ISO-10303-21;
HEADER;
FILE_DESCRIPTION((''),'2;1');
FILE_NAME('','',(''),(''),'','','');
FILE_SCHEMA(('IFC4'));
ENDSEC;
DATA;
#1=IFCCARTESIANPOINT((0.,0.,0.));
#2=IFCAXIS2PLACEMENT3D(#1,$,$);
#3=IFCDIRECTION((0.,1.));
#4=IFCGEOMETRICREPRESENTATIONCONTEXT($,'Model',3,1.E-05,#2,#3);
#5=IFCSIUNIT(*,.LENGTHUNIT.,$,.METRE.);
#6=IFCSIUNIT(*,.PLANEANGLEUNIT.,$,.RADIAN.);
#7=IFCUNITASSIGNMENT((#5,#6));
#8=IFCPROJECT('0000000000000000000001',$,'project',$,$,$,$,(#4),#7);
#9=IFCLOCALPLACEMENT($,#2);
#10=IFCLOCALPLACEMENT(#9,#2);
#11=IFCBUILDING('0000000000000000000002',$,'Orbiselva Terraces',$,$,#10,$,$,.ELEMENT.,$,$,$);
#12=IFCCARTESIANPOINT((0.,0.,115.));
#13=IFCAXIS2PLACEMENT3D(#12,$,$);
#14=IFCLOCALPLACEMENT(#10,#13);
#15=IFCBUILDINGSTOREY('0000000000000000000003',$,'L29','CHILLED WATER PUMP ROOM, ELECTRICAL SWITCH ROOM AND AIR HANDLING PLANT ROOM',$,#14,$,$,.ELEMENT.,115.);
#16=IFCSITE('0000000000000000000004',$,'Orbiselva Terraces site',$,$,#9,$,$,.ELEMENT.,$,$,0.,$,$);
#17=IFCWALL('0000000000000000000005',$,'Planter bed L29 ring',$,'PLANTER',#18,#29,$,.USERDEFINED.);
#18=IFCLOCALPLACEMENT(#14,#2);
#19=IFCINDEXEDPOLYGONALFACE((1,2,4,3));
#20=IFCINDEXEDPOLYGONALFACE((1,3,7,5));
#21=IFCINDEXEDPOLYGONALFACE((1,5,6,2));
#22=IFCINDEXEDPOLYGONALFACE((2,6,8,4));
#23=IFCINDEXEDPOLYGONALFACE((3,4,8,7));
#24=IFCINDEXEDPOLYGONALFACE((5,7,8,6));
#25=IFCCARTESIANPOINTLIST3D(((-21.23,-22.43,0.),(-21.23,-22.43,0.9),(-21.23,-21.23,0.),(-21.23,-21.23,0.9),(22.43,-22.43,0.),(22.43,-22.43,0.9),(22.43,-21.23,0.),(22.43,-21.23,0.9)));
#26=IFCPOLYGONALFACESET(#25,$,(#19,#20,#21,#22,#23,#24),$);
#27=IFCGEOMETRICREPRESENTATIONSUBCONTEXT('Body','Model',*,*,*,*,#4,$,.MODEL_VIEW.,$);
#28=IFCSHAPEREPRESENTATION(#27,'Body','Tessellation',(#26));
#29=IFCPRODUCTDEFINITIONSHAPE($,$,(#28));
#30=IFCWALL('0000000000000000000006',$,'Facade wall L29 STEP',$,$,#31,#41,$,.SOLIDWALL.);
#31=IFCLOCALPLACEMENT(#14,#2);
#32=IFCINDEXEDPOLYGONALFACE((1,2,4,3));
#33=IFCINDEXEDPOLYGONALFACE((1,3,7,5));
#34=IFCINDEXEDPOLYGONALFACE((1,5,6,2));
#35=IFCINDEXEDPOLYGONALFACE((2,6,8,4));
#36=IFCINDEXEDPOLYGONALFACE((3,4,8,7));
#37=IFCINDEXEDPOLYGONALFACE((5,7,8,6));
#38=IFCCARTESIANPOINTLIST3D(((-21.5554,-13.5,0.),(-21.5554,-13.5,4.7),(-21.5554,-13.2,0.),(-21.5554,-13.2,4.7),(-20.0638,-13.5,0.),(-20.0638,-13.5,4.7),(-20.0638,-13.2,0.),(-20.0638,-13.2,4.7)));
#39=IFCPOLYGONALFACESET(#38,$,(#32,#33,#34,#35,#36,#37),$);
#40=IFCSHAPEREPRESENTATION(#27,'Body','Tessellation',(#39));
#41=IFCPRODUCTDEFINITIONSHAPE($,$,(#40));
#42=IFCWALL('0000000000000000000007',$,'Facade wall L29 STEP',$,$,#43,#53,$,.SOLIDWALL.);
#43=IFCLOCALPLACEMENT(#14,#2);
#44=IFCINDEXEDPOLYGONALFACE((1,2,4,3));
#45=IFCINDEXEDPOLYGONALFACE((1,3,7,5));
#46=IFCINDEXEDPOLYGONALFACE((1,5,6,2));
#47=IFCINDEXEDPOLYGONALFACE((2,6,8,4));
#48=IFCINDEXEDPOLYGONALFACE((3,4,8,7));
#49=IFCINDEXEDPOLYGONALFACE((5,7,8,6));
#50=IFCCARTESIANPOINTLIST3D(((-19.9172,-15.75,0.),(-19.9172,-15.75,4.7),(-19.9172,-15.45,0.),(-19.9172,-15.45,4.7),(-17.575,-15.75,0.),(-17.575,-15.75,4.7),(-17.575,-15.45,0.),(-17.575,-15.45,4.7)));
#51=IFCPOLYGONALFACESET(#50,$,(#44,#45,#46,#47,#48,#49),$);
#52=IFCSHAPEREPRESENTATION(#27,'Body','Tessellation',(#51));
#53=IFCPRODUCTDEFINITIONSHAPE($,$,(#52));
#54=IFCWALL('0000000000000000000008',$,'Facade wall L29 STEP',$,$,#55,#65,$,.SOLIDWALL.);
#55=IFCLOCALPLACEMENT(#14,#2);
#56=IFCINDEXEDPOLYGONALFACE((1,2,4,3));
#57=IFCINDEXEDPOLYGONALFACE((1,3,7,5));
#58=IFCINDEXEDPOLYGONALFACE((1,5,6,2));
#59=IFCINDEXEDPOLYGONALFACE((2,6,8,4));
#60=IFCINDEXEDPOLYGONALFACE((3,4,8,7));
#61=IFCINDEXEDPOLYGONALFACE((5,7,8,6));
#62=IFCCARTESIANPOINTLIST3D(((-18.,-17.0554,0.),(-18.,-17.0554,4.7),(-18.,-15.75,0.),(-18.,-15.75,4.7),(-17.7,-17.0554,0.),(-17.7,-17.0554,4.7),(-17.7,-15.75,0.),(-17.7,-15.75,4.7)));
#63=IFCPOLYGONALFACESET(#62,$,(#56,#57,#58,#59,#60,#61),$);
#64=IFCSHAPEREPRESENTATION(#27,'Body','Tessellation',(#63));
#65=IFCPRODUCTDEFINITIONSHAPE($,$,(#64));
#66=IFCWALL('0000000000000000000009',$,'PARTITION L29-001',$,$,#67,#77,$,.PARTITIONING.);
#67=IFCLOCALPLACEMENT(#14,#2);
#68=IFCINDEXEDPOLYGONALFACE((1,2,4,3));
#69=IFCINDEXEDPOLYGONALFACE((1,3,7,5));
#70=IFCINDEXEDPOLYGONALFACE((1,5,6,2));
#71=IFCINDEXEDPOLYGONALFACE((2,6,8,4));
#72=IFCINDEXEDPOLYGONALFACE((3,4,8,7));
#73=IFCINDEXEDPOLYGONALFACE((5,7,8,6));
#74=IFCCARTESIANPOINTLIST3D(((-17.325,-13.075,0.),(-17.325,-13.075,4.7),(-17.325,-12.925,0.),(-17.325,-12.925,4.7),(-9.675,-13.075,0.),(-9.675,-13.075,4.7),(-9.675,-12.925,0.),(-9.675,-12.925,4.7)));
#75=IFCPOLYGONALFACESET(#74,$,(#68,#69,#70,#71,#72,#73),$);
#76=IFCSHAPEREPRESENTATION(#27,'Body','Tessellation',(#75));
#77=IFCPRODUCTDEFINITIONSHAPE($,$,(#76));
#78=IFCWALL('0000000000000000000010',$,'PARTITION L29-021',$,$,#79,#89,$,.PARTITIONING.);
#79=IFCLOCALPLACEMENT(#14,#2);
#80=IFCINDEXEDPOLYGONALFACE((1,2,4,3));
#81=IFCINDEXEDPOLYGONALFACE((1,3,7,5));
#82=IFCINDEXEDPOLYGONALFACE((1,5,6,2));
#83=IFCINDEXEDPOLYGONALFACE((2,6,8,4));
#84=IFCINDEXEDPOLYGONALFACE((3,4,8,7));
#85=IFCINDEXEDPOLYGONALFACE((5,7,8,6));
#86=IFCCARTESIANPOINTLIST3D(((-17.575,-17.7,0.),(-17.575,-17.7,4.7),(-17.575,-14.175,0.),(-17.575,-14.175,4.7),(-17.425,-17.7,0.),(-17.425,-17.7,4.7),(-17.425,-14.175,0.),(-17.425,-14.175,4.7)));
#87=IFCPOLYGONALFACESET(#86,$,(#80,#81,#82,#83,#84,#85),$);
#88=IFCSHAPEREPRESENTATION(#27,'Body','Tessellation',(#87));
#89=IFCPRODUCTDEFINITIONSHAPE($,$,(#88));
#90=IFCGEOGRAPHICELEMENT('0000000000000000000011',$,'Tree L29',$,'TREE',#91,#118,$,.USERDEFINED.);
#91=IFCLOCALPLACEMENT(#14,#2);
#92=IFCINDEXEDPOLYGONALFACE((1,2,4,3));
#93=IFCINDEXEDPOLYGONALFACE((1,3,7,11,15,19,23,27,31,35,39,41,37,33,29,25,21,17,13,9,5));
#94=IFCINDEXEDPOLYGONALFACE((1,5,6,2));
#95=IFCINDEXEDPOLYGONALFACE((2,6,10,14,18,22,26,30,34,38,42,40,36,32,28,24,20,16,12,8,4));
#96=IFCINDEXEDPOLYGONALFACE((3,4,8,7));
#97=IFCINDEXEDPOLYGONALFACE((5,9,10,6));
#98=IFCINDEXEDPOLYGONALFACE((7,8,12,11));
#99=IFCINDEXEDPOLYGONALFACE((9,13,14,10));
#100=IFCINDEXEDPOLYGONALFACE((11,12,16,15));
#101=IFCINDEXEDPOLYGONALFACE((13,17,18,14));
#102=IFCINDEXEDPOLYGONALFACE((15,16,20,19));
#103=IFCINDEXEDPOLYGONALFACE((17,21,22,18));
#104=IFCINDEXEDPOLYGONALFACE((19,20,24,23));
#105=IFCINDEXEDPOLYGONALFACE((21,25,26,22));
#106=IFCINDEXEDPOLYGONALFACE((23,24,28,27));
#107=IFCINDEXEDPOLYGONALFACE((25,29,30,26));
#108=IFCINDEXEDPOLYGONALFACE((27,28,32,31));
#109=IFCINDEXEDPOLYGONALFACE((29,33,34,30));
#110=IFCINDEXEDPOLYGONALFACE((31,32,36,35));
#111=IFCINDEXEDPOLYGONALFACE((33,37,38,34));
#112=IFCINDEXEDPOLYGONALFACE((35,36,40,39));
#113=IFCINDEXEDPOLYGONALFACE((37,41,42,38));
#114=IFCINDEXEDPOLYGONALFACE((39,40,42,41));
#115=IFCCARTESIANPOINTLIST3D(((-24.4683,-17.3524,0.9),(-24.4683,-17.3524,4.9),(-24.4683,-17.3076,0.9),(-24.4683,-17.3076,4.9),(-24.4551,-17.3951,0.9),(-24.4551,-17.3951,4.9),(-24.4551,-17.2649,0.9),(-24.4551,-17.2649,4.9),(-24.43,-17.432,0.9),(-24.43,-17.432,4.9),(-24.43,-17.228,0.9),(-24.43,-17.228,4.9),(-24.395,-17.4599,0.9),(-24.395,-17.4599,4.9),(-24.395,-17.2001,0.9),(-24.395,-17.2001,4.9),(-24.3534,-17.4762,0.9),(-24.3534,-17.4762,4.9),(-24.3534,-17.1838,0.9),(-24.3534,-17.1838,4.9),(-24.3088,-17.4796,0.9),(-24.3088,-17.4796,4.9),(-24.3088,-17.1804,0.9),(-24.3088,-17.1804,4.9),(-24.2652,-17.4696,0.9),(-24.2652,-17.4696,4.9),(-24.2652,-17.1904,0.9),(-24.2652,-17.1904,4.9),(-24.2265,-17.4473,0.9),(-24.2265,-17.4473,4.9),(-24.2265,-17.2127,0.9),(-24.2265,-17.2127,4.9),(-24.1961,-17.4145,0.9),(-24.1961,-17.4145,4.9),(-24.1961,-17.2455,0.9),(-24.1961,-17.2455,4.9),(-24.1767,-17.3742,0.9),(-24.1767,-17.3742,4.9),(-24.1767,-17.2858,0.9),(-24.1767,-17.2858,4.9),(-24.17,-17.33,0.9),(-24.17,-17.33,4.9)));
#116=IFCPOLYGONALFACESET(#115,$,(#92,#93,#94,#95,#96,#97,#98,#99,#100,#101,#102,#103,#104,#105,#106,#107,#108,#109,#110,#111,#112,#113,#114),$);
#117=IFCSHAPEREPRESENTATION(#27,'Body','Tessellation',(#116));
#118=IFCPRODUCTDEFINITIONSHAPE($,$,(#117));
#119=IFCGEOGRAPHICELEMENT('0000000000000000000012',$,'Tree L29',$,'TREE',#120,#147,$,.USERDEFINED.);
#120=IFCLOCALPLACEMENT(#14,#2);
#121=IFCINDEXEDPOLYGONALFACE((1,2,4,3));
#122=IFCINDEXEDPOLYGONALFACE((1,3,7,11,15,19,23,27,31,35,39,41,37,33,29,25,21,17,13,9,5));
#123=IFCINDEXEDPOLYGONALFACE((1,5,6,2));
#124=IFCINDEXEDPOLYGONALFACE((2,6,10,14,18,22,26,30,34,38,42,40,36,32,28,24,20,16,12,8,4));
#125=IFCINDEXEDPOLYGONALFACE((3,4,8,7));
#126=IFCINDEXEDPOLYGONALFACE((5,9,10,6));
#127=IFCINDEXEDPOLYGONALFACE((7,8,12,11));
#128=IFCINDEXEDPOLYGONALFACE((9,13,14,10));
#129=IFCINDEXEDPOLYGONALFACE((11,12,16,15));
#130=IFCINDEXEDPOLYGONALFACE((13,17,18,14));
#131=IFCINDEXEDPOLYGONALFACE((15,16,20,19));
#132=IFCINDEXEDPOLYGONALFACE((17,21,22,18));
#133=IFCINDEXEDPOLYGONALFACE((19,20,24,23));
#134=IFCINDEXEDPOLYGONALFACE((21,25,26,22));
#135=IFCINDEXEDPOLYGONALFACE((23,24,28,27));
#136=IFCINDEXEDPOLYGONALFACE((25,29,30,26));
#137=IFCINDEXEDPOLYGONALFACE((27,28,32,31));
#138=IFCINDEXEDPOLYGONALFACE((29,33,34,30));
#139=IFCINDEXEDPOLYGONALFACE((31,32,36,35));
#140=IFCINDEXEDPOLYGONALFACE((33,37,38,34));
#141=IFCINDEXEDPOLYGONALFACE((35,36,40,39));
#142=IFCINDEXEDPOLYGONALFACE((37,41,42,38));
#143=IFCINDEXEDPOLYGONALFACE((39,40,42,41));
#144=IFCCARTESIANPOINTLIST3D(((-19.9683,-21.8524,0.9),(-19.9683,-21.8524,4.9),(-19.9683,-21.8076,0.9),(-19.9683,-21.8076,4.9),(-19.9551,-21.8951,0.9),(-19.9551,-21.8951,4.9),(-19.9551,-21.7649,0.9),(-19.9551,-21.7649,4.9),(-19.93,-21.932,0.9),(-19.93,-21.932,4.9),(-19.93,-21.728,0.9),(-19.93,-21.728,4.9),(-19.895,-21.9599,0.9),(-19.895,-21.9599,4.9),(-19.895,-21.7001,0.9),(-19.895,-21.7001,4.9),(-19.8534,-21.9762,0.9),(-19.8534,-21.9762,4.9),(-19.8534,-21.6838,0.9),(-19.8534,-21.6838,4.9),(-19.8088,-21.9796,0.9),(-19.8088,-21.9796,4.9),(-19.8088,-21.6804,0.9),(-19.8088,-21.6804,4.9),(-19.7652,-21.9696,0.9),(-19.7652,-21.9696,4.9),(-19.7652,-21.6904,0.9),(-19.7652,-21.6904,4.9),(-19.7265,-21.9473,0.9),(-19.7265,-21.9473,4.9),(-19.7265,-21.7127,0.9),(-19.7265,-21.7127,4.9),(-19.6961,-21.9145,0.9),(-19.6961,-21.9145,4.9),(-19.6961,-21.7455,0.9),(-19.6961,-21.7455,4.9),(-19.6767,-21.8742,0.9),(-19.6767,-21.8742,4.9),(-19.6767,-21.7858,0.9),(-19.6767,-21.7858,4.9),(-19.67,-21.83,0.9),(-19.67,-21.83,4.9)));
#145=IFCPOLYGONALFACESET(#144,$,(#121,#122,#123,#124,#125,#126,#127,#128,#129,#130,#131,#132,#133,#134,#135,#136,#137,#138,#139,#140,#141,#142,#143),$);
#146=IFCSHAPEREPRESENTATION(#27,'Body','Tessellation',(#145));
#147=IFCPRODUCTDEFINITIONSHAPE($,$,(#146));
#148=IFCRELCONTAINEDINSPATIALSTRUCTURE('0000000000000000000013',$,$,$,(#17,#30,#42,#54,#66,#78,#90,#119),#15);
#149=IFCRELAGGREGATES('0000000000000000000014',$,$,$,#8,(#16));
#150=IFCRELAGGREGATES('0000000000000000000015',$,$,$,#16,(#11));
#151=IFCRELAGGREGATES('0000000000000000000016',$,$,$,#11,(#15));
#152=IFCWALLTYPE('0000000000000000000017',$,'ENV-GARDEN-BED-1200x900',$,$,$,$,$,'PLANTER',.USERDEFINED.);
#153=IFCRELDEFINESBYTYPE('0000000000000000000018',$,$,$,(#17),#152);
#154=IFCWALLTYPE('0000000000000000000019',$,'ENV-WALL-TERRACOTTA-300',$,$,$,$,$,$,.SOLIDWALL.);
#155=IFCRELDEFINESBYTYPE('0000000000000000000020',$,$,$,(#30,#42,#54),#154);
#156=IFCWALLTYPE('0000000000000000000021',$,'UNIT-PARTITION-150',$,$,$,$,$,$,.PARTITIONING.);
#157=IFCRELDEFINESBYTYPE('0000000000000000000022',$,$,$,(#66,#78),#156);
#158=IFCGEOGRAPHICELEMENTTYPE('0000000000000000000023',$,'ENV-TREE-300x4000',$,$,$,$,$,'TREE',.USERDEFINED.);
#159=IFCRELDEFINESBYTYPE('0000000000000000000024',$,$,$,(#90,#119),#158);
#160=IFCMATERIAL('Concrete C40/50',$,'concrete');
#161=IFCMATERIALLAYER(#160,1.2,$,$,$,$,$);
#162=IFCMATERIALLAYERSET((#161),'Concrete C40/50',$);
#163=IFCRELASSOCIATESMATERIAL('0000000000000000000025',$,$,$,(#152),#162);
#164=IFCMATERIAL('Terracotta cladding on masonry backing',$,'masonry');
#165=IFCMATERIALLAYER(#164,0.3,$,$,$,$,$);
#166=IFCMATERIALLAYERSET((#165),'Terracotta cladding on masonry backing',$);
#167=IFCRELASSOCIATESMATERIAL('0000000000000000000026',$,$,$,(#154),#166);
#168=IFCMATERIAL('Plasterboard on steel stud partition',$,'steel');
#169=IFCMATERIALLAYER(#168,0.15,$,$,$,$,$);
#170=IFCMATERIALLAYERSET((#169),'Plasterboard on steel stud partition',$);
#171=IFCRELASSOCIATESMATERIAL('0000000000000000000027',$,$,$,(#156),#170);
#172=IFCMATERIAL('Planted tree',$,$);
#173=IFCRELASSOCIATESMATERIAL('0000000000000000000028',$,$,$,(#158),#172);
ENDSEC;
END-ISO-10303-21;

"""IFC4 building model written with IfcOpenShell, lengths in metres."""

from ifc_helpers import new_model, si_unit, direction, frame, frame_2d, origin, origin_2d, place, context, subcontext, project, spatial, rectangle, circle, extrude, material, layer, layer_set, type_object, element, save


model = new_model("IFC4")

# Units and contexts
model_context = context("Model", 3, precision=1e-05, world=origin(), true_north=direction((0.0, 1.0)))
body_context = subcontext(model_context, "Body", "Model", "MODEL_VIEW")
ifc_project = project(units=[si_unit("LENGTHUNIT", "METRE"), si_unit("PLANEANGLEUNIT", "RADIAN")], contexts=[model_context])

# Site, building, storey
site_placement = place(None, origin())
site = spatial("IfcSite", under=ifc_project, at=site_placement, Name="Orbiselva Terraces site", CompositionType="ELEMENT", RefElevation=0.0)
building_placement = place(site_placement, origin())
building = spatial("IfcBuilding", under=site, at=building_placement, Name="Orbiselva Terraces", CompositionType="ELEMENT")
storey_placement = place(building_placement, frame((0.0, 0.0, 115.0)))
storey = spatial("IfcBuildingStorey", under=building, at=storey_placement, Name="L29", Description="CHILLED WATER PUMP ROOM, ELECTRICAL SWITCH ROOM AND AIR HANDLING PLANT ROOM", CompositionType="ELEMENT", Elevation=115.0)

# Walls
ifc_material_1 = material(Name="Concrete C40/50", Category="concrete")
ifc_layer_1 = layer(ifc_material_1, 1.2)
ifc_layer_set_1 = layer_set([ifc_layer_1], Name="Concrete C40/50")
wall_type_1 = type_object("IfcWallType", Name="ENV-GARDEN-BED-1200x900", ElementType="PLANTER", PredefinedType="USERDEFINED", material=ifc_layer_set_1)
wall_1_placement = place(storey_placement, frame((-21.23, -21.83, 0.0), z_axis=(0.0, 0.0, 1.0), x_axis=(1.0, 0.0, 0.0)))
element("IfcWall", 1, at=wall_1_placement, inside=storey, type_object=wall_type_1, Name="Planter bed L29 ring", ObjectType="PLANTER", PredefinedType="USERDEFINED", context=body_context, shape_type="SweptSolid", body=[
    extrude(rectangle(XDim=43.66, YDim=1.2, at=frame_2d((21.83, 0.0))), origin(), (0.0, 0.0, 1.0), 0.9),
])
ifc_material_2 = material(Name="Terracotta cladding on masonry backing", Category="masonry")
ifc_layer_2 = layer(ifc_material_2, 0.3)
ifc_layer_set_2 = layer_set([ifc_layer_2], Name="Terracotta cladding on masonry backing")
wall_type_2 = type_object("IfcWallType", Name="ENV-WALL-TERRACOTTA-300", PredefinedType="SOLIDWALL", material=ifc_layer_set_2)
wall_2_placement = place(storey_placement, frame((-20.0638, -13.35, 0.0), z_axis=(0.0, 0.0, 1.0), x_axis=(-1.0, 0.0, 0.0)))
element("IfcWall", 2, at=wall_2_placement, inside=storey, type_object=wall_type_2, Name="Facade wall L29 STEP", PredefinedType="SOLIDWALL", context=body_context, shape_type="SweptSolid", body=[
    extrude(rectangle(XDim=1.4917, YDim=0.3, at=frame_2d((0.7458, 0.0))), origin(), (0.0, 0.0, 1.0), 4.7),
])
wall_3_placement = place(storey_placement, frame((-17.575, -15.6, 0.0), z_axis=(0.0, 0.0, 1.0), x_axis=(-1.0, 0.0, 0.0)))
element("IfcWall", 3, at=wall_3_placement, inside=storey, type_object=wall_type_2, Name="Facade wall L29 STEP", PredefinedType="SOLIDWALL", context=body_context, shape_type="SweptSolid", body=[
    extrude(rectangle(XDim=2.3422, YDim=0.3, at=frame_2d((1.1711, 0.0))), origin(), (0.0, 0.0, 1.0), 4.7),
])
wall_4_placement = place(storey_placement, frame((-17.85, -17.0554, 0.0), z_axis=(0.0, 0.0, 1.0), x_axis=(0.0, 1.0, 0.0)))
element("IfcWall", 4, at=wall_4_placement, inside=storey, type_object=wall_type_2, Name="Facade wall L29 STEP", PredefinedType="SOLIDWALL", context=body_context, shape_type="SweptSolid", body=[
    extrude(rectangle(XDim=1.3054, YDim=0.3, at=frame_2d((0.6527, 0.0))), origin(), (0.0, 0.0, 1.0), 4.7),
])
ifc_material_3 = material(Name="Plasterboard on steel stud partition", Category="steel")
ifc_layer_3 = layer(ifc_material_3, 0.15)
ifc_layer_set_3 = layer_set([ifc_layer_3], Name="Plasterboard on steel stud partition")
wall_type_3 = type_object("IfcWallType", Name="UNIT-PARTITION-150", PredefinedType="PARTITIONING", material=ifc_layer_set_3)
wall_5_placement = place(storey_placement, frame((-17.325, -13.0, 0.0), z_axis=(0.0, 0.0, 1.0), x_axis=(1.0, 0.0, 0.0)))
element("IfcWall", 5, at=wall_5_placement, inside=storey, type_object=wall_type_3, Name="PARTITION L29-001", PredefinedType="PARTITIONING", context=body_context, shape_type="SweptSolid", body=[
    extrude(rectangle(XDim=7.65, YDim=0.15, at=frame_2d((3.825, 0.0))), origin(), (0.0, 0.0, 1.0), 4.7),
])
wall_6_placement = place(storey_placement, frame((-17.5, -17.7, 0.0), z_axis=(0.0, 0.0, 1.0), x_axis=(0.0, 1.0, 0.0)))
element("IfcWall", 6, at=wall_6_placement, inside=storey, type_object=wall_type_3, Name="PARTITION L29-021", PredefinedType="PARTITIONING", context=body_context, shape_type="SweptSolid", body=[
    extrude(rectangle(XDim=3.525, YDim=0.15, at=frame_2d((1.7625, 0.0))), origin(), (0.0, 0.0, 1.0), 4.7),
])

# Geographic elements
ifc_material_4 = material(Name="Planted tree")
geographic_element_type = type_object("IfcGeographicElementType", Name="ENV-TREE-300x4000", ElementType="TREE", PredefinedType="USERDEFINED", material=ifc_material_4)
for number, where, z_axis, x_axis, name in (
    (7, (-24.32, -17.33, 4.9), (0.0, 0.0, -1.0), (1.0, 0.0, 0.0), "Tree L29"),
    (8, (-19.82, -21.83, 4.9), (0.0, 0.0, -1.0), (1.0, 0.0, 0.0), "Tree L29"),
):
    element("IfcGeographicElement", number, at=place(storey_placement, frame(where, z_axis=z_axis, x_axis=x_axis)), inside=storey, type_object=geographic_element_type, Name=name, ObjectType="TREE", PredefinedType="USERDEFINED", context=body_context, shape_type="SweptSolid", body=[
        extrude(circle(Radius=0.15, at=origin_2d()), origin(), (0.0, 0.0, 1.0), 4.0),
    ])

save(model, "model.ifc")
